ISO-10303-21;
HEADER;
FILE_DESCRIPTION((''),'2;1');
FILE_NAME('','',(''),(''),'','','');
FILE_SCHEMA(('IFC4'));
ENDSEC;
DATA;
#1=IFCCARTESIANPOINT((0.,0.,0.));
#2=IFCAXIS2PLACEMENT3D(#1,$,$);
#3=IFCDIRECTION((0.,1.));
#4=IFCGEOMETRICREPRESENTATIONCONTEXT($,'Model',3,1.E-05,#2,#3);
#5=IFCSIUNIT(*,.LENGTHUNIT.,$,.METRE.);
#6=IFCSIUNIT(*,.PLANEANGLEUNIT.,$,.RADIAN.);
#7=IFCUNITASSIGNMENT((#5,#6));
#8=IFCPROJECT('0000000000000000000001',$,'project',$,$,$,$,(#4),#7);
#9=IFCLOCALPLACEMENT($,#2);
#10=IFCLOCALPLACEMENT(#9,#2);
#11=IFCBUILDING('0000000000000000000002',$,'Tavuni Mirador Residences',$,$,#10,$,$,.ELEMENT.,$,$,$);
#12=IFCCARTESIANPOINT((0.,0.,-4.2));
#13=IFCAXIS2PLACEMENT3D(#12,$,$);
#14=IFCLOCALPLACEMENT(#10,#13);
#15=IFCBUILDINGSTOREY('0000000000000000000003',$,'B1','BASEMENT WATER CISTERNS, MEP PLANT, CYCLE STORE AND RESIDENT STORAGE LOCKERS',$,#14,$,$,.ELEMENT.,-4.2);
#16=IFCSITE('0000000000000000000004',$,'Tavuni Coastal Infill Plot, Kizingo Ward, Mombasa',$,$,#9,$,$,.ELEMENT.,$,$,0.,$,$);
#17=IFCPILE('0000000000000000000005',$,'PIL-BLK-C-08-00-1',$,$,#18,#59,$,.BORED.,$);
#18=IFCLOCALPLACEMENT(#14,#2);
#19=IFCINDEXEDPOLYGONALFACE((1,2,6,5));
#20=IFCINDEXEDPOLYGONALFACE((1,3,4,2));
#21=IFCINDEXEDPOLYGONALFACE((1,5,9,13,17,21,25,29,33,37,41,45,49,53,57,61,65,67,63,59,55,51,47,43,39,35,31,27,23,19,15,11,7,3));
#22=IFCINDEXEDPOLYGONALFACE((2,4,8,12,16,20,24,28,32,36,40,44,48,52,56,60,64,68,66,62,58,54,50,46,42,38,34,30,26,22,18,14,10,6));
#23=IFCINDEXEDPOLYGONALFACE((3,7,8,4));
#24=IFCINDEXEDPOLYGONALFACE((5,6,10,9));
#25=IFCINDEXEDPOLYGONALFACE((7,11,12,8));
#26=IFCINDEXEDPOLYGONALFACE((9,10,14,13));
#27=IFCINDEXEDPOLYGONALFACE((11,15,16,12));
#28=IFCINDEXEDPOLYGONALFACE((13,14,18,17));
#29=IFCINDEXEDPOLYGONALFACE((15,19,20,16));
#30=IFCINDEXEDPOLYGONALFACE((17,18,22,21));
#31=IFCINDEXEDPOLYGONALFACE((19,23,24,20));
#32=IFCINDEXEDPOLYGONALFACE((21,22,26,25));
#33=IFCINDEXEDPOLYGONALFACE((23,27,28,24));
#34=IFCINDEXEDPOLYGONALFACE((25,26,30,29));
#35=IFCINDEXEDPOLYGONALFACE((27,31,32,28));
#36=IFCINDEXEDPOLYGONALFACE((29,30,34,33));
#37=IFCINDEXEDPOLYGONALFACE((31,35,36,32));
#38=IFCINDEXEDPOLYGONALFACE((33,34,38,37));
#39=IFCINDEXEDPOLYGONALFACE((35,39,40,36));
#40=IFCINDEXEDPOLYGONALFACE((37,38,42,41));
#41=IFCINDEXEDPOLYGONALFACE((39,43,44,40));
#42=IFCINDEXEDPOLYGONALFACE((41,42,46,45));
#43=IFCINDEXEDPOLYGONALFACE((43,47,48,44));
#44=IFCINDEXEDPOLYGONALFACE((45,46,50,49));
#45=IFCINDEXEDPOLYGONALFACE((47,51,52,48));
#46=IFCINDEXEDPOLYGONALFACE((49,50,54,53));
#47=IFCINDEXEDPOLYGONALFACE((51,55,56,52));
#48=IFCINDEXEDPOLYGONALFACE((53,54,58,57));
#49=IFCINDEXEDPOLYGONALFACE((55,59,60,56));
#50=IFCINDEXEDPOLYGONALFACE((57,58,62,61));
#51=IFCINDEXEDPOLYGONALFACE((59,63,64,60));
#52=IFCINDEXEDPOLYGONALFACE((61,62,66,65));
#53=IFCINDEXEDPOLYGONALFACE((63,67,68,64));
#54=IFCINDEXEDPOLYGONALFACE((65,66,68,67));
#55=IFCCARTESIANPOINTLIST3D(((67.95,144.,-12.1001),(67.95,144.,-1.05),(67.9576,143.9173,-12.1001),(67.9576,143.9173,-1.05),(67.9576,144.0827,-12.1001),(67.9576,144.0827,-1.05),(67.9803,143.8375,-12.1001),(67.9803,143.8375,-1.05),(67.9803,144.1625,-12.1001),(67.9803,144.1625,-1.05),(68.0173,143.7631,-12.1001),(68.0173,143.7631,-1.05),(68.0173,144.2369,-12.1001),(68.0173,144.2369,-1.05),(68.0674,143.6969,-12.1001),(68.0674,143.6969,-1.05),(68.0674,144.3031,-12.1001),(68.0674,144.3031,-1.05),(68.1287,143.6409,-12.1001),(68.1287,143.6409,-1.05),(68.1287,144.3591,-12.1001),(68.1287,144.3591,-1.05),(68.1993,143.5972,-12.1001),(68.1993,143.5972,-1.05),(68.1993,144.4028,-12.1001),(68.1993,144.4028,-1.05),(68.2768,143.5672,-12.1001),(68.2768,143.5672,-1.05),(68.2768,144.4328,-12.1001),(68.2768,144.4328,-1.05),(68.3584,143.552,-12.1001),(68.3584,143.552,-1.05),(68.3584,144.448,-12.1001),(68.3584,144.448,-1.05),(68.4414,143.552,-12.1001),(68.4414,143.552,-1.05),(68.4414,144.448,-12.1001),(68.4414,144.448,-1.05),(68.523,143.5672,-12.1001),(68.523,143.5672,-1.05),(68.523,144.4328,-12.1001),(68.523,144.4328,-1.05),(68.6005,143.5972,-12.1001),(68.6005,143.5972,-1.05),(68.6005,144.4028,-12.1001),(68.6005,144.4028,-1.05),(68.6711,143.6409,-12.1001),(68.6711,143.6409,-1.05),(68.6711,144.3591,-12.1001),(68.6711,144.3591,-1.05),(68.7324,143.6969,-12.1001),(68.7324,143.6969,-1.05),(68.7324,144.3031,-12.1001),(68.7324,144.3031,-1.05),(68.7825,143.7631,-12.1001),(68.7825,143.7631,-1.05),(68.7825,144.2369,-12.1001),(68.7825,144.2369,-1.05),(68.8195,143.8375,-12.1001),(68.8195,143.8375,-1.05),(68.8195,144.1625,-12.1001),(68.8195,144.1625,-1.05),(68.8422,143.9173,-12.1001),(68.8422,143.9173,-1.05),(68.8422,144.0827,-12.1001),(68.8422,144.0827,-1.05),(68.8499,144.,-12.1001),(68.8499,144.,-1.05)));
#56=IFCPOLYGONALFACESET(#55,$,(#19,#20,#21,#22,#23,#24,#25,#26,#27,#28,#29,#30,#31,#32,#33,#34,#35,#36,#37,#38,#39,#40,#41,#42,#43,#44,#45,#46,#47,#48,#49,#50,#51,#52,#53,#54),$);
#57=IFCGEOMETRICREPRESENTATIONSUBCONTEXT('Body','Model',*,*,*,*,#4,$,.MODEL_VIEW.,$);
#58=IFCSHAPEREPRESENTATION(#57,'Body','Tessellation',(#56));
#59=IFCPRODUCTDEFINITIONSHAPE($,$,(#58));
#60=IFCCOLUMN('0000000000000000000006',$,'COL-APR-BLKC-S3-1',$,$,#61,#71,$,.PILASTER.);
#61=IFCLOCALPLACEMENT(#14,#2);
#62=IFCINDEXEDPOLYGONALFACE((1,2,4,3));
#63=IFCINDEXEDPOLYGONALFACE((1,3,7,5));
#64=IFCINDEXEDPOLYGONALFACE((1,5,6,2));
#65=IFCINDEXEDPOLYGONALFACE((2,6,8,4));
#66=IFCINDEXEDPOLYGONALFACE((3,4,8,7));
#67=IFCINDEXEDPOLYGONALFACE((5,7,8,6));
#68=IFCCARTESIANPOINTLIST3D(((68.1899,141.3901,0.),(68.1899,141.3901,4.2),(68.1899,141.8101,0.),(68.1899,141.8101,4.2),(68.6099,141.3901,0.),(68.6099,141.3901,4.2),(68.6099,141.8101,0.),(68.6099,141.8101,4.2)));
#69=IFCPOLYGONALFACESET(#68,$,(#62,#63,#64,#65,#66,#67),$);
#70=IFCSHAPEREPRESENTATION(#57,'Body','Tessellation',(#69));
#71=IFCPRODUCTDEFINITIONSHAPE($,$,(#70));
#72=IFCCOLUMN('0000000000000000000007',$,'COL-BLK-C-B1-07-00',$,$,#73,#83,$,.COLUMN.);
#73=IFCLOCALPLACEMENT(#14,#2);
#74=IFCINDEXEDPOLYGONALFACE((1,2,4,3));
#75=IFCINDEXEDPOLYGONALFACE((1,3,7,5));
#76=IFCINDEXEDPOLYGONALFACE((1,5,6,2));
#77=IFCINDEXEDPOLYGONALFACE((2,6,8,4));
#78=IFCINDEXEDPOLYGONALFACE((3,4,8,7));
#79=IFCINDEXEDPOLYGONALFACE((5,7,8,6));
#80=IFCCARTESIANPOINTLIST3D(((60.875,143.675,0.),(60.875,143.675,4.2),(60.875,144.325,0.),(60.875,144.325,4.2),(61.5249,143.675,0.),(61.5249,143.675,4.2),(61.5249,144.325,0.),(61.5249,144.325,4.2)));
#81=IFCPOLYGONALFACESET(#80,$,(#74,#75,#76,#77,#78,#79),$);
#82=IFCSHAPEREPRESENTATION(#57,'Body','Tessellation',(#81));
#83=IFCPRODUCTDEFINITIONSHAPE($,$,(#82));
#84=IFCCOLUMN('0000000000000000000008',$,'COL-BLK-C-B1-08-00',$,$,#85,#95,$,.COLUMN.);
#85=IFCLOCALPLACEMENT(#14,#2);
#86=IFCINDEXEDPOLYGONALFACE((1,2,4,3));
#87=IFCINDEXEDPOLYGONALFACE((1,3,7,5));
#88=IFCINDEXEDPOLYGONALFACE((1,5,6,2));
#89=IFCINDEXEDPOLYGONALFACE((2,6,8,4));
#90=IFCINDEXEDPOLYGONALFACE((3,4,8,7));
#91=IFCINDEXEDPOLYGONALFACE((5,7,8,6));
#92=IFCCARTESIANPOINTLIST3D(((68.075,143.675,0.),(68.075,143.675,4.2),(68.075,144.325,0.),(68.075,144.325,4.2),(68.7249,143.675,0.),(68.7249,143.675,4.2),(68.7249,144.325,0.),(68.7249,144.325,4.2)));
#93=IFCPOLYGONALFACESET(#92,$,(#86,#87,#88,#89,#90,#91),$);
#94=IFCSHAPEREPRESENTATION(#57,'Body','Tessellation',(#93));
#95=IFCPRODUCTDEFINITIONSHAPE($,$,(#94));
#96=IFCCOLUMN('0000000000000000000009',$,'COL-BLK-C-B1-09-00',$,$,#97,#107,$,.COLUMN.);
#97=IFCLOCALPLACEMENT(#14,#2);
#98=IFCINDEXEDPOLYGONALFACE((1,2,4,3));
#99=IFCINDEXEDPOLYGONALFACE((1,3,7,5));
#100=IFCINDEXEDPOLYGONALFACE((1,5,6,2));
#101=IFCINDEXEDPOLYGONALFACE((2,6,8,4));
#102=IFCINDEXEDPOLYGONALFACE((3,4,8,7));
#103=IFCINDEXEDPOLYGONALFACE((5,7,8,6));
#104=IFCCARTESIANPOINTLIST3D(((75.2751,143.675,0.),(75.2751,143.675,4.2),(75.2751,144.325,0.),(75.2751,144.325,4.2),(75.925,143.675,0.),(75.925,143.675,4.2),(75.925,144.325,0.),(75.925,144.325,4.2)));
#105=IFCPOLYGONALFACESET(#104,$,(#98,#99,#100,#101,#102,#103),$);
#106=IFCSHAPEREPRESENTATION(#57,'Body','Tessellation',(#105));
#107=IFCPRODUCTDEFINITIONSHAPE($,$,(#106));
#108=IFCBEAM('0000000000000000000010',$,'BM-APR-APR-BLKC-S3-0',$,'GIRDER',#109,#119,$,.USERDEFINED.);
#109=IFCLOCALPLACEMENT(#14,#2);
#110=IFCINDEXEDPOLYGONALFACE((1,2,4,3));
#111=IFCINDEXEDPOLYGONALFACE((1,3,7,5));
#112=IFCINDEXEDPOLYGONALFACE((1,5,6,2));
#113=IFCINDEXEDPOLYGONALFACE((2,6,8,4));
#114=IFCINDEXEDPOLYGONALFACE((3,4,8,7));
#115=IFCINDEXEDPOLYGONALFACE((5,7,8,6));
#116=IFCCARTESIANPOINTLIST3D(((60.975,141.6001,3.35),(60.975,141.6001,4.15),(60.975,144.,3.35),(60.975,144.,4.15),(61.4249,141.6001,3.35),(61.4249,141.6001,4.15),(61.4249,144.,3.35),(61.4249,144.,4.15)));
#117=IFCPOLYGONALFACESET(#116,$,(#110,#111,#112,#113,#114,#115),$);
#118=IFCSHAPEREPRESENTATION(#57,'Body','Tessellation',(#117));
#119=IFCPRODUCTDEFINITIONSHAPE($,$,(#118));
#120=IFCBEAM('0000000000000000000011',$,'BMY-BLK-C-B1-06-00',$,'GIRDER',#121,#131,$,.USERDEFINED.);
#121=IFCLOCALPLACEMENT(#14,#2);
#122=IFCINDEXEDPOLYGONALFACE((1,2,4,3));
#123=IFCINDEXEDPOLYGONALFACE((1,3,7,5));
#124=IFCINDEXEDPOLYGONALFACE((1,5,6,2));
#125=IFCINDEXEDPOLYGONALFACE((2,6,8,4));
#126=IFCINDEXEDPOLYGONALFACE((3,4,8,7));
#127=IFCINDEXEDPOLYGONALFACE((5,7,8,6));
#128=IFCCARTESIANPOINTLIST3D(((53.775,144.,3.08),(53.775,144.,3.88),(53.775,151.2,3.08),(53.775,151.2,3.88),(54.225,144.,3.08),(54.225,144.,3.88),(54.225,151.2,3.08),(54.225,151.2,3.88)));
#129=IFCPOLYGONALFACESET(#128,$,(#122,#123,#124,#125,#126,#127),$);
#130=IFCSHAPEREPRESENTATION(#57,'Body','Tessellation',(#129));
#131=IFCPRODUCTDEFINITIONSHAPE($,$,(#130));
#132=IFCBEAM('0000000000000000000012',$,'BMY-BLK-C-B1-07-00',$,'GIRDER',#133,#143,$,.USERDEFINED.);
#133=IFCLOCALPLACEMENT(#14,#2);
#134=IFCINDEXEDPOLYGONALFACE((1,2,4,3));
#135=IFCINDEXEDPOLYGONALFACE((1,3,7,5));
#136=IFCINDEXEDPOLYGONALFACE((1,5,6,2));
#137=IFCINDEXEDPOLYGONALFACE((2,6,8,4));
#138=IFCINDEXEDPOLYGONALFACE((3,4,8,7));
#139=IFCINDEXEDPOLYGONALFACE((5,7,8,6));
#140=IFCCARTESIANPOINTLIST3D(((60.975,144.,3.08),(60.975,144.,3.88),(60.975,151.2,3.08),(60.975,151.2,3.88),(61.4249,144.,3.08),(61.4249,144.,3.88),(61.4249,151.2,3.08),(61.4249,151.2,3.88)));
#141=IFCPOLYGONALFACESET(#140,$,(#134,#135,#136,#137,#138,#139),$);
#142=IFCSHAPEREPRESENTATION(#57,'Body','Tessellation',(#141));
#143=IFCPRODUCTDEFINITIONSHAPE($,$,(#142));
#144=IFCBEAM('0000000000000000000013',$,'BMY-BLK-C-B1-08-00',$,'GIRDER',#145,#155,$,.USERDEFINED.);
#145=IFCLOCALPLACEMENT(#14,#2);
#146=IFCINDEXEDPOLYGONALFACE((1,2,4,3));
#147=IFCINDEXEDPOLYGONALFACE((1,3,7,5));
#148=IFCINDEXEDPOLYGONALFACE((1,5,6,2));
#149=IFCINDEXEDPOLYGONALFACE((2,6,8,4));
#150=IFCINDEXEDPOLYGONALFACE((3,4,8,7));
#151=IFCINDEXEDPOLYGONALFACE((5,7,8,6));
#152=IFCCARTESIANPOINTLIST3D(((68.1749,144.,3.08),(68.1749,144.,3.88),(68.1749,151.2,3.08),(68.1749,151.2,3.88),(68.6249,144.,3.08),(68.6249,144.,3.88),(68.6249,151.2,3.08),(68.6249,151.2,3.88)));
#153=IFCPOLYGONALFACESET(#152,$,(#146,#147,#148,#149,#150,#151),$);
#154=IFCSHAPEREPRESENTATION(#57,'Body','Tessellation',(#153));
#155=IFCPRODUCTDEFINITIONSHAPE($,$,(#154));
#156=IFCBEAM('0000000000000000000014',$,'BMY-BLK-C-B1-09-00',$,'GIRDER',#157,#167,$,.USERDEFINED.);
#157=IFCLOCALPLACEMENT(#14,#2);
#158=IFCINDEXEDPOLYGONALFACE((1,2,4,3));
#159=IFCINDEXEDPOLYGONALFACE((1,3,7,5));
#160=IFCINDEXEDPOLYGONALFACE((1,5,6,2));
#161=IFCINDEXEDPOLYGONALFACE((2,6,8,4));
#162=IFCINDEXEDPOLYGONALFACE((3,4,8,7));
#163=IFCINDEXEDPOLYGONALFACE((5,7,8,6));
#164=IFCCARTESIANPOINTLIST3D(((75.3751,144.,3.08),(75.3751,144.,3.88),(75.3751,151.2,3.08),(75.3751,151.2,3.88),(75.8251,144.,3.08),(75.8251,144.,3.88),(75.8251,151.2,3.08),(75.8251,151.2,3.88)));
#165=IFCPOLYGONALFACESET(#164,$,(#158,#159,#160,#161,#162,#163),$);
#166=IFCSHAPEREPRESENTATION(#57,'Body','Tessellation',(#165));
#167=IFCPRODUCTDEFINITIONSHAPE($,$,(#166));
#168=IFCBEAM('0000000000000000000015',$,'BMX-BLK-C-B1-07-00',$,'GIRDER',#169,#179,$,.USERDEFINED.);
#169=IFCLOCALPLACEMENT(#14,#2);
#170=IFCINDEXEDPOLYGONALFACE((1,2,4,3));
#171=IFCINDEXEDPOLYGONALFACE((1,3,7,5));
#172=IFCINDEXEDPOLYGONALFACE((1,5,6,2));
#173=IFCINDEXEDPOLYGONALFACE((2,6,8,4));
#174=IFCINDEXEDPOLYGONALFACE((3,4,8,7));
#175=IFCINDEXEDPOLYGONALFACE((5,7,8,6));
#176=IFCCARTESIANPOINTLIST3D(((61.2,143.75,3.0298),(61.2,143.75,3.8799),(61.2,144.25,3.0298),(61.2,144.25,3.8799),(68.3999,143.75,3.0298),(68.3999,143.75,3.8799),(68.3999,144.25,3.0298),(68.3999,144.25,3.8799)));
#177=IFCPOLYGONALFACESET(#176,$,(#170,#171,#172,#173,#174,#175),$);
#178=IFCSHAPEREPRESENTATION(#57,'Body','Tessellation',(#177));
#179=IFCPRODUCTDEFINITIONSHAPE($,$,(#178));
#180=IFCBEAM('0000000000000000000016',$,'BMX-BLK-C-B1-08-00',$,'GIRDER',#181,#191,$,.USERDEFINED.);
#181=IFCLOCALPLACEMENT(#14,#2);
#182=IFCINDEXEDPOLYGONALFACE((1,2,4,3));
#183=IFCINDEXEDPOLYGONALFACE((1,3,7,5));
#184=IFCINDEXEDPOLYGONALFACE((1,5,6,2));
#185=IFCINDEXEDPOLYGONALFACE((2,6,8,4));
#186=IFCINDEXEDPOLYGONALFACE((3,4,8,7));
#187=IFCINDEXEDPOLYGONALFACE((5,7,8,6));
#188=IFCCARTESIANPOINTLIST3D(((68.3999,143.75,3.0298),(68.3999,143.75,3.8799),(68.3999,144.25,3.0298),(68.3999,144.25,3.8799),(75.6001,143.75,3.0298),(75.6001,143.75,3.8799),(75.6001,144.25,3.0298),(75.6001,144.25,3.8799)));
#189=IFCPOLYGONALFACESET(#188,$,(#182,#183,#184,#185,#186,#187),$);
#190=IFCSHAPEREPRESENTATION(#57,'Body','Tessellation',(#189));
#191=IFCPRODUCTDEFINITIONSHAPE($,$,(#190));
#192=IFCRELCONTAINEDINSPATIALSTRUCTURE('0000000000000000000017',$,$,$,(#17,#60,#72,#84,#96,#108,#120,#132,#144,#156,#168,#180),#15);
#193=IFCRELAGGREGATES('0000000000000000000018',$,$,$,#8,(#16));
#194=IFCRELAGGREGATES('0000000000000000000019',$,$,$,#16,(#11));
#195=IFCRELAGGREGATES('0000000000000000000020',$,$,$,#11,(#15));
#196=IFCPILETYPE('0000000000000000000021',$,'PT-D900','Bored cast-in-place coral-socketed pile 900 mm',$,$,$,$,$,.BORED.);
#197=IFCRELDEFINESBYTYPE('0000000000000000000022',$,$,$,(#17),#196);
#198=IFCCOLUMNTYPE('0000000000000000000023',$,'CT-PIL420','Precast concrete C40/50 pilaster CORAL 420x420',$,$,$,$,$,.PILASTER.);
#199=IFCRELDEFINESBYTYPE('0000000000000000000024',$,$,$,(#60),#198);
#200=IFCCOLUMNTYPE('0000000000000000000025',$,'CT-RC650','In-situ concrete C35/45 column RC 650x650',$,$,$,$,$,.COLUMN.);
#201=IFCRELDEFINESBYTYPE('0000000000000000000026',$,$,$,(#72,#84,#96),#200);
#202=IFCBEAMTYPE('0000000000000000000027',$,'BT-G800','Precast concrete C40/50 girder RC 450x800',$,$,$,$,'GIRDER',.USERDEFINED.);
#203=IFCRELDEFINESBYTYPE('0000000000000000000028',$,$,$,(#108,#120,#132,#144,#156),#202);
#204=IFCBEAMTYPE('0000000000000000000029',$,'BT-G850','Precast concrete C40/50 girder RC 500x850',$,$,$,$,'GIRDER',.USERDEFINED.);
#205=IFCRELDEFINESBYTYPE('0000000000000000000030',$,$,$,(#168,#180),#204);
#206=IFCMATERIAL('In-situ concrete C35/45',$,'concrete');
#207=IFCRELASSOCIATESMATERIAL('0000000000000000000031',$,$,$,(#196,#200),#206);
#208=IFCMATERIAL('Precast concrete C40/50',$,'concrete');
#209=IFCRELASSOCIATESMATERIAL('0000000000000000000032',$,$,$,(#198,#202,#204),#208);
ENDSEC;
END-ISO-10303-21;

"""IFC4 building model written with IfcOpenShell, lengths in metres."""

from ifc_helpers import new_model, si_unit, direction, frame, origin, origin_2d, place, context, subcontext, project, spatial, rectangle, circle, extrude, material, material_profile, profile_set, type_object, element, save


model = new_model("IFC4")

# Units and contexts
model_context = context("Model", 3, precision=1e-05, world=origin(), true_north=direction((0.0, 1.0)))
body_context = subcontext(model_context, "Body", "Model", "MODEL_VIEW")
ifc_project = project(units=[si_unit("LENGTHUNIT", "METRE"), si_unit("PLANEANGLEUNIT", "RADIAN")], contexts=[model_context])

# Site, building, storey
site_placement = place(None, origin())
site = spatial("IfcSite", under=ifc_project, at=site_placement, Name="Tavuni Coastal Infill Plot, Kizingo Ward, Mombasa", CompositionType="ELEMENT", RefElevation=0.0)
building_placement = place(site_placement, origin())
building = spatial("IfcBuilding", under=site, at=building_placement, Name="Tavuni Mirador Residences", CompositionType="ELEMENT")
storey_placement = place(building_placement, frame((0.0, 0.0, -4.2)))
storey = spatial("IfcBuildingStorey", under=building, at=storey_placement, Name="B1", Description="BASEMENT WATER CISTERNS, MEP PLANT, CYCLE STORE AND RESIDENT STORAGE LOCKERS", CompositionType="ELEMENT", Elevation=-4.2)

# Shared definitions
ifc_material_1 = material(Name="In-situ concrete C35/45", Category="concrete")

# Pile
ifc_material_profile_1 = material_profile(ifc_material_1, circle(Radius=0.45, at=origin_2d()), Name="PILE D900", Category="concrete")
ifc_profile_set_1 = profile_set([ifc_material_profile_1], Name="In-situ concrete C35/45")
pile_type_1 = type_object("IfcPileType", Name="PT-D900", Description="Bored cast-in-place coral-socketed pile 900 mm", PredefinedType="BORED", material=ifc_profile_set_1)
pile_1_placement = place(storey_placement, frame((68.3999, 144.0, -1.05), z_axis=(0.0, 0.0, -1.0), x_axis=(1.0, 0.0, 0.0)))
element("IfcPile", 1, at=pile_1_placement, inside=storey, type_object=pile_type_1, Name="PIL-BLK-C-08-00-1", PredefinedType="BORED", context=body_context, shape_type="SweptSolid", body=[
    extrude(circle(Radius=0.45, at=origin_2d()), origin(), (0.0, 0.0, 1.0), 11.05),
])

# Columns
ifc_material_2 = material(Name="Precast concrete C40/50", Category="concrete")
ifc_material_profile_2 = material_profile(ifc_material_2, rectangle(XDim=0.4199, YDim=0.4199, at=origin_2d()), Name="CORAL 420x420", Category="concrete")
ifc_profile_set_2 = profile_set([ifc_material_profile_2], Name="Precast concrete C40/50")
column_type_1 = type_object("IfcColumnType", Name="CT-PIL420", Description="Precast concrete C40/50 pilaster CORAL 420x420", PredefinedType="PILASTER", material=ifc_profile_set_2)
column_placement = place(storey_placement, frame((68.3999, 141.6001, 0.0), z_axis=(0.0, 0.0, 1.0), x_axis=(1.0, 0.0, 0.0)))
element("IfcColumn", 2, at=column_placement, inside=storey, type_object=column_type_1, Name="COL-APR-BLKC-S3-1", PredefinedType="PILASTER", context=body_context, shape_type="SweptSolid", body=[
    extrude(rectangle(XDim=0.4199, YDim=0.4199, at=origin_2d()), origin(), (0.0, 0.0, 1.0), 4.2),
])
ifc_material_profile_3 = material_profile(ifc_material_1, rectangle(XDim=0.6499, YDim=0.6499, at=origin_2d()), Name="RC 650x650", Category="concrete")
ifc_profile_set_3 = profile_set([ifc_material_profile_3], Name="In-situ concrete C35/45")
column_type_2 = type_object("IfcColumnType", Name="CT-RC650", Description="In-situ concrete C35/45 column RC 650x650", PredefinedType="COLUMN", material=ifc_profile_set_3)
for number, where, z_axis, x_axis, name in (
    (3, (61.2, 144.0, 0.0), (0.0, 0.0, 1.0), (1.0, 0.0, 0.0), "COL-BLK-C-B1-07-00"),
    (4, (68.3999, 144.0, 0.0), (0.0, 0.0, 1.0), (1.0, 0.0, 0.0), "COL-BLK-C-B1-08-00"),
    (5, (75.6001, 144.0, 0.0), (0.0, 0.0, 1.0), (1.0, 0.0, 0.0), "COL-BLK-C-B1-09-00"),
):
    element("IfcColumn", number, at=place(storey_placement, frame(where, z_axis=z_axis, x_axis=x_axis)), inside=storey, type_object=column_type_2, Name=name, PredefinedType="COLUMN", context=body_context, shape_type="SweptSolid", body=[
        extrude(rectangle(XDim=0.6499, YDim=0.6499, at=origin_2d()), origin(), (0.0, 0.0, 1.0), 4.2),
    ])

# Beams
ifc_material_profile_4 = material_profile(ifc_material_2, rectangle(XDim=0.45, YDim=0.8, at=origin_2d()), Name="RC 450x800", Category="concrete")
ifc_profile_set_4 = profile_set([ifc_material_profile_4], Name="Precast concrete C40/50")
beam_type_1 = type_object("IfcBeamType", Name="BT-G800", Description="Precast concrete C40/50 girder RC 450x800", ElementType="GIRDER", PredefinedType="USERDEFINED", material=ifc_profile_set_4)
beam_1_placement = place(storey_placement, frame((61.2, 144.0, 3.75), z_axis=(0.0, -1.0, 0.0), x_axis=(1.0, 0.0, 0.0)))
element("IfcBeam", 6, at=beam_1_placement, inside=storey, type_object=beam_type_1, Name="BM-APR-APR-BLKC-S3-0", ObjectType="GIRDER", PredefinedType="USERDEFINED", context=body_context, shape_type="SweptSolid", body=[
    extrude(rectangle(XDim=0.45, YDim=0.8, at=origin_2d()), origin(), (0.0, 0.0, 1.0), 2.3999),
])
for number, where, z_axis, x_axis, name in (
    (7, (54.0, 144.0, 3.48), (0.0, 1.0, 0.0), (-1.0, 0.0, 0.0), "BMY-BLK-C-B1-06-00"),
    (8, (61.2, 144.0, 3.48), (0.0, 1.0, 0.0), (-1.0, 0.0, 0.0), "BMY-BLK-C-B1-07-00"),
    (9, (68.3999, 144.0, 3.48), (0.0, 1.0, 0.0), (-1.0, 0.0, 0.0), "BMY-BLK-C-B1-08-00"),
    (10, (75.6001, 144.0, 3.48), (0.0, 1.0, 0.0), (-1.0, 0.0, 0.0), "BMY-BLK-C-B1-09-00"),
):
    element("IfcBeam", number, at=place(storey_placement, frame(where, z_axis=z_axis, x_axis=x_axis)), inside=storey, type_object=beam_type_1, Name=name, ObjectType="GIRDER", PredefinedType="USERDEFINED", context=body_context, shape_type="SweptSolid", body=[
        extrude(rectangle(XDim=0.45, YDim=0.8, at=origin_2d()), origin(), (0.0, 0.0, 1.0), 7.2),
    ])
ifc_material_profile_5 = material_profile(ifc_material_2, rectangle(XDim=0.5, YDim=0.8501, at=origin_2d()), Name="RC 500x850", Category="concrete")
ifc_profile_set_5 = profile_set([ifc_material_profile_5], Name="Precast concrete C40/50")
beam_type_2 = type_object("IfcBeamType", Name="BT-G850", Description="Precast concrete C40/50 girder RC 500x850", ElementType="GIRDER", PredefinedType="USERDEFINED", material=ifc_profile_set_5)
beam_2_placement = place(storey_placement, frame((61.2, 144.0, 3.4548), z_axis=(1.0, 0.0, 0.0), x_axis=(0.0, 1.0, 0.0)))
element("IfcBeam", 11, at=beam_2_placement, inside=storey, type_object=beam_type_2, Name="BMX-BLK-C-B1-07-00", ObjectType="GIRDER", PredefinedType="USERDEFINED", context=body_context, shape_type="SweptSolid", body=[
    extrude(rectangle(XDim=0.5, YDim=0.8501, at=origin_2d()), origin(), (0.0, 0.0, 1.0), 7.2),
])
beam_3_placement = place(storey_placement, frame((68.3999, 144.0, 3.4548), z_axis=(1.0, 0.0, 0.0), x_axis=(0.0, 1.0, 0.0)))
element("IfcBeam", 12, at=beam_3_placement, inside=storey, type_object=beam_type_2, Name="BMX-BLK-C-B1-08-00", ObjectType="GIRDER", PredefinedType="USERDEFINED", context=body_context, shape_type="SweptSolid", body=[
    extrude(rectangle(XDim=0.5, YDim=0.8501, at=origin_2d()), origin(), (0.0, 0.0, 1.0), 7.2002),
])

save(model, "model.ifc")
